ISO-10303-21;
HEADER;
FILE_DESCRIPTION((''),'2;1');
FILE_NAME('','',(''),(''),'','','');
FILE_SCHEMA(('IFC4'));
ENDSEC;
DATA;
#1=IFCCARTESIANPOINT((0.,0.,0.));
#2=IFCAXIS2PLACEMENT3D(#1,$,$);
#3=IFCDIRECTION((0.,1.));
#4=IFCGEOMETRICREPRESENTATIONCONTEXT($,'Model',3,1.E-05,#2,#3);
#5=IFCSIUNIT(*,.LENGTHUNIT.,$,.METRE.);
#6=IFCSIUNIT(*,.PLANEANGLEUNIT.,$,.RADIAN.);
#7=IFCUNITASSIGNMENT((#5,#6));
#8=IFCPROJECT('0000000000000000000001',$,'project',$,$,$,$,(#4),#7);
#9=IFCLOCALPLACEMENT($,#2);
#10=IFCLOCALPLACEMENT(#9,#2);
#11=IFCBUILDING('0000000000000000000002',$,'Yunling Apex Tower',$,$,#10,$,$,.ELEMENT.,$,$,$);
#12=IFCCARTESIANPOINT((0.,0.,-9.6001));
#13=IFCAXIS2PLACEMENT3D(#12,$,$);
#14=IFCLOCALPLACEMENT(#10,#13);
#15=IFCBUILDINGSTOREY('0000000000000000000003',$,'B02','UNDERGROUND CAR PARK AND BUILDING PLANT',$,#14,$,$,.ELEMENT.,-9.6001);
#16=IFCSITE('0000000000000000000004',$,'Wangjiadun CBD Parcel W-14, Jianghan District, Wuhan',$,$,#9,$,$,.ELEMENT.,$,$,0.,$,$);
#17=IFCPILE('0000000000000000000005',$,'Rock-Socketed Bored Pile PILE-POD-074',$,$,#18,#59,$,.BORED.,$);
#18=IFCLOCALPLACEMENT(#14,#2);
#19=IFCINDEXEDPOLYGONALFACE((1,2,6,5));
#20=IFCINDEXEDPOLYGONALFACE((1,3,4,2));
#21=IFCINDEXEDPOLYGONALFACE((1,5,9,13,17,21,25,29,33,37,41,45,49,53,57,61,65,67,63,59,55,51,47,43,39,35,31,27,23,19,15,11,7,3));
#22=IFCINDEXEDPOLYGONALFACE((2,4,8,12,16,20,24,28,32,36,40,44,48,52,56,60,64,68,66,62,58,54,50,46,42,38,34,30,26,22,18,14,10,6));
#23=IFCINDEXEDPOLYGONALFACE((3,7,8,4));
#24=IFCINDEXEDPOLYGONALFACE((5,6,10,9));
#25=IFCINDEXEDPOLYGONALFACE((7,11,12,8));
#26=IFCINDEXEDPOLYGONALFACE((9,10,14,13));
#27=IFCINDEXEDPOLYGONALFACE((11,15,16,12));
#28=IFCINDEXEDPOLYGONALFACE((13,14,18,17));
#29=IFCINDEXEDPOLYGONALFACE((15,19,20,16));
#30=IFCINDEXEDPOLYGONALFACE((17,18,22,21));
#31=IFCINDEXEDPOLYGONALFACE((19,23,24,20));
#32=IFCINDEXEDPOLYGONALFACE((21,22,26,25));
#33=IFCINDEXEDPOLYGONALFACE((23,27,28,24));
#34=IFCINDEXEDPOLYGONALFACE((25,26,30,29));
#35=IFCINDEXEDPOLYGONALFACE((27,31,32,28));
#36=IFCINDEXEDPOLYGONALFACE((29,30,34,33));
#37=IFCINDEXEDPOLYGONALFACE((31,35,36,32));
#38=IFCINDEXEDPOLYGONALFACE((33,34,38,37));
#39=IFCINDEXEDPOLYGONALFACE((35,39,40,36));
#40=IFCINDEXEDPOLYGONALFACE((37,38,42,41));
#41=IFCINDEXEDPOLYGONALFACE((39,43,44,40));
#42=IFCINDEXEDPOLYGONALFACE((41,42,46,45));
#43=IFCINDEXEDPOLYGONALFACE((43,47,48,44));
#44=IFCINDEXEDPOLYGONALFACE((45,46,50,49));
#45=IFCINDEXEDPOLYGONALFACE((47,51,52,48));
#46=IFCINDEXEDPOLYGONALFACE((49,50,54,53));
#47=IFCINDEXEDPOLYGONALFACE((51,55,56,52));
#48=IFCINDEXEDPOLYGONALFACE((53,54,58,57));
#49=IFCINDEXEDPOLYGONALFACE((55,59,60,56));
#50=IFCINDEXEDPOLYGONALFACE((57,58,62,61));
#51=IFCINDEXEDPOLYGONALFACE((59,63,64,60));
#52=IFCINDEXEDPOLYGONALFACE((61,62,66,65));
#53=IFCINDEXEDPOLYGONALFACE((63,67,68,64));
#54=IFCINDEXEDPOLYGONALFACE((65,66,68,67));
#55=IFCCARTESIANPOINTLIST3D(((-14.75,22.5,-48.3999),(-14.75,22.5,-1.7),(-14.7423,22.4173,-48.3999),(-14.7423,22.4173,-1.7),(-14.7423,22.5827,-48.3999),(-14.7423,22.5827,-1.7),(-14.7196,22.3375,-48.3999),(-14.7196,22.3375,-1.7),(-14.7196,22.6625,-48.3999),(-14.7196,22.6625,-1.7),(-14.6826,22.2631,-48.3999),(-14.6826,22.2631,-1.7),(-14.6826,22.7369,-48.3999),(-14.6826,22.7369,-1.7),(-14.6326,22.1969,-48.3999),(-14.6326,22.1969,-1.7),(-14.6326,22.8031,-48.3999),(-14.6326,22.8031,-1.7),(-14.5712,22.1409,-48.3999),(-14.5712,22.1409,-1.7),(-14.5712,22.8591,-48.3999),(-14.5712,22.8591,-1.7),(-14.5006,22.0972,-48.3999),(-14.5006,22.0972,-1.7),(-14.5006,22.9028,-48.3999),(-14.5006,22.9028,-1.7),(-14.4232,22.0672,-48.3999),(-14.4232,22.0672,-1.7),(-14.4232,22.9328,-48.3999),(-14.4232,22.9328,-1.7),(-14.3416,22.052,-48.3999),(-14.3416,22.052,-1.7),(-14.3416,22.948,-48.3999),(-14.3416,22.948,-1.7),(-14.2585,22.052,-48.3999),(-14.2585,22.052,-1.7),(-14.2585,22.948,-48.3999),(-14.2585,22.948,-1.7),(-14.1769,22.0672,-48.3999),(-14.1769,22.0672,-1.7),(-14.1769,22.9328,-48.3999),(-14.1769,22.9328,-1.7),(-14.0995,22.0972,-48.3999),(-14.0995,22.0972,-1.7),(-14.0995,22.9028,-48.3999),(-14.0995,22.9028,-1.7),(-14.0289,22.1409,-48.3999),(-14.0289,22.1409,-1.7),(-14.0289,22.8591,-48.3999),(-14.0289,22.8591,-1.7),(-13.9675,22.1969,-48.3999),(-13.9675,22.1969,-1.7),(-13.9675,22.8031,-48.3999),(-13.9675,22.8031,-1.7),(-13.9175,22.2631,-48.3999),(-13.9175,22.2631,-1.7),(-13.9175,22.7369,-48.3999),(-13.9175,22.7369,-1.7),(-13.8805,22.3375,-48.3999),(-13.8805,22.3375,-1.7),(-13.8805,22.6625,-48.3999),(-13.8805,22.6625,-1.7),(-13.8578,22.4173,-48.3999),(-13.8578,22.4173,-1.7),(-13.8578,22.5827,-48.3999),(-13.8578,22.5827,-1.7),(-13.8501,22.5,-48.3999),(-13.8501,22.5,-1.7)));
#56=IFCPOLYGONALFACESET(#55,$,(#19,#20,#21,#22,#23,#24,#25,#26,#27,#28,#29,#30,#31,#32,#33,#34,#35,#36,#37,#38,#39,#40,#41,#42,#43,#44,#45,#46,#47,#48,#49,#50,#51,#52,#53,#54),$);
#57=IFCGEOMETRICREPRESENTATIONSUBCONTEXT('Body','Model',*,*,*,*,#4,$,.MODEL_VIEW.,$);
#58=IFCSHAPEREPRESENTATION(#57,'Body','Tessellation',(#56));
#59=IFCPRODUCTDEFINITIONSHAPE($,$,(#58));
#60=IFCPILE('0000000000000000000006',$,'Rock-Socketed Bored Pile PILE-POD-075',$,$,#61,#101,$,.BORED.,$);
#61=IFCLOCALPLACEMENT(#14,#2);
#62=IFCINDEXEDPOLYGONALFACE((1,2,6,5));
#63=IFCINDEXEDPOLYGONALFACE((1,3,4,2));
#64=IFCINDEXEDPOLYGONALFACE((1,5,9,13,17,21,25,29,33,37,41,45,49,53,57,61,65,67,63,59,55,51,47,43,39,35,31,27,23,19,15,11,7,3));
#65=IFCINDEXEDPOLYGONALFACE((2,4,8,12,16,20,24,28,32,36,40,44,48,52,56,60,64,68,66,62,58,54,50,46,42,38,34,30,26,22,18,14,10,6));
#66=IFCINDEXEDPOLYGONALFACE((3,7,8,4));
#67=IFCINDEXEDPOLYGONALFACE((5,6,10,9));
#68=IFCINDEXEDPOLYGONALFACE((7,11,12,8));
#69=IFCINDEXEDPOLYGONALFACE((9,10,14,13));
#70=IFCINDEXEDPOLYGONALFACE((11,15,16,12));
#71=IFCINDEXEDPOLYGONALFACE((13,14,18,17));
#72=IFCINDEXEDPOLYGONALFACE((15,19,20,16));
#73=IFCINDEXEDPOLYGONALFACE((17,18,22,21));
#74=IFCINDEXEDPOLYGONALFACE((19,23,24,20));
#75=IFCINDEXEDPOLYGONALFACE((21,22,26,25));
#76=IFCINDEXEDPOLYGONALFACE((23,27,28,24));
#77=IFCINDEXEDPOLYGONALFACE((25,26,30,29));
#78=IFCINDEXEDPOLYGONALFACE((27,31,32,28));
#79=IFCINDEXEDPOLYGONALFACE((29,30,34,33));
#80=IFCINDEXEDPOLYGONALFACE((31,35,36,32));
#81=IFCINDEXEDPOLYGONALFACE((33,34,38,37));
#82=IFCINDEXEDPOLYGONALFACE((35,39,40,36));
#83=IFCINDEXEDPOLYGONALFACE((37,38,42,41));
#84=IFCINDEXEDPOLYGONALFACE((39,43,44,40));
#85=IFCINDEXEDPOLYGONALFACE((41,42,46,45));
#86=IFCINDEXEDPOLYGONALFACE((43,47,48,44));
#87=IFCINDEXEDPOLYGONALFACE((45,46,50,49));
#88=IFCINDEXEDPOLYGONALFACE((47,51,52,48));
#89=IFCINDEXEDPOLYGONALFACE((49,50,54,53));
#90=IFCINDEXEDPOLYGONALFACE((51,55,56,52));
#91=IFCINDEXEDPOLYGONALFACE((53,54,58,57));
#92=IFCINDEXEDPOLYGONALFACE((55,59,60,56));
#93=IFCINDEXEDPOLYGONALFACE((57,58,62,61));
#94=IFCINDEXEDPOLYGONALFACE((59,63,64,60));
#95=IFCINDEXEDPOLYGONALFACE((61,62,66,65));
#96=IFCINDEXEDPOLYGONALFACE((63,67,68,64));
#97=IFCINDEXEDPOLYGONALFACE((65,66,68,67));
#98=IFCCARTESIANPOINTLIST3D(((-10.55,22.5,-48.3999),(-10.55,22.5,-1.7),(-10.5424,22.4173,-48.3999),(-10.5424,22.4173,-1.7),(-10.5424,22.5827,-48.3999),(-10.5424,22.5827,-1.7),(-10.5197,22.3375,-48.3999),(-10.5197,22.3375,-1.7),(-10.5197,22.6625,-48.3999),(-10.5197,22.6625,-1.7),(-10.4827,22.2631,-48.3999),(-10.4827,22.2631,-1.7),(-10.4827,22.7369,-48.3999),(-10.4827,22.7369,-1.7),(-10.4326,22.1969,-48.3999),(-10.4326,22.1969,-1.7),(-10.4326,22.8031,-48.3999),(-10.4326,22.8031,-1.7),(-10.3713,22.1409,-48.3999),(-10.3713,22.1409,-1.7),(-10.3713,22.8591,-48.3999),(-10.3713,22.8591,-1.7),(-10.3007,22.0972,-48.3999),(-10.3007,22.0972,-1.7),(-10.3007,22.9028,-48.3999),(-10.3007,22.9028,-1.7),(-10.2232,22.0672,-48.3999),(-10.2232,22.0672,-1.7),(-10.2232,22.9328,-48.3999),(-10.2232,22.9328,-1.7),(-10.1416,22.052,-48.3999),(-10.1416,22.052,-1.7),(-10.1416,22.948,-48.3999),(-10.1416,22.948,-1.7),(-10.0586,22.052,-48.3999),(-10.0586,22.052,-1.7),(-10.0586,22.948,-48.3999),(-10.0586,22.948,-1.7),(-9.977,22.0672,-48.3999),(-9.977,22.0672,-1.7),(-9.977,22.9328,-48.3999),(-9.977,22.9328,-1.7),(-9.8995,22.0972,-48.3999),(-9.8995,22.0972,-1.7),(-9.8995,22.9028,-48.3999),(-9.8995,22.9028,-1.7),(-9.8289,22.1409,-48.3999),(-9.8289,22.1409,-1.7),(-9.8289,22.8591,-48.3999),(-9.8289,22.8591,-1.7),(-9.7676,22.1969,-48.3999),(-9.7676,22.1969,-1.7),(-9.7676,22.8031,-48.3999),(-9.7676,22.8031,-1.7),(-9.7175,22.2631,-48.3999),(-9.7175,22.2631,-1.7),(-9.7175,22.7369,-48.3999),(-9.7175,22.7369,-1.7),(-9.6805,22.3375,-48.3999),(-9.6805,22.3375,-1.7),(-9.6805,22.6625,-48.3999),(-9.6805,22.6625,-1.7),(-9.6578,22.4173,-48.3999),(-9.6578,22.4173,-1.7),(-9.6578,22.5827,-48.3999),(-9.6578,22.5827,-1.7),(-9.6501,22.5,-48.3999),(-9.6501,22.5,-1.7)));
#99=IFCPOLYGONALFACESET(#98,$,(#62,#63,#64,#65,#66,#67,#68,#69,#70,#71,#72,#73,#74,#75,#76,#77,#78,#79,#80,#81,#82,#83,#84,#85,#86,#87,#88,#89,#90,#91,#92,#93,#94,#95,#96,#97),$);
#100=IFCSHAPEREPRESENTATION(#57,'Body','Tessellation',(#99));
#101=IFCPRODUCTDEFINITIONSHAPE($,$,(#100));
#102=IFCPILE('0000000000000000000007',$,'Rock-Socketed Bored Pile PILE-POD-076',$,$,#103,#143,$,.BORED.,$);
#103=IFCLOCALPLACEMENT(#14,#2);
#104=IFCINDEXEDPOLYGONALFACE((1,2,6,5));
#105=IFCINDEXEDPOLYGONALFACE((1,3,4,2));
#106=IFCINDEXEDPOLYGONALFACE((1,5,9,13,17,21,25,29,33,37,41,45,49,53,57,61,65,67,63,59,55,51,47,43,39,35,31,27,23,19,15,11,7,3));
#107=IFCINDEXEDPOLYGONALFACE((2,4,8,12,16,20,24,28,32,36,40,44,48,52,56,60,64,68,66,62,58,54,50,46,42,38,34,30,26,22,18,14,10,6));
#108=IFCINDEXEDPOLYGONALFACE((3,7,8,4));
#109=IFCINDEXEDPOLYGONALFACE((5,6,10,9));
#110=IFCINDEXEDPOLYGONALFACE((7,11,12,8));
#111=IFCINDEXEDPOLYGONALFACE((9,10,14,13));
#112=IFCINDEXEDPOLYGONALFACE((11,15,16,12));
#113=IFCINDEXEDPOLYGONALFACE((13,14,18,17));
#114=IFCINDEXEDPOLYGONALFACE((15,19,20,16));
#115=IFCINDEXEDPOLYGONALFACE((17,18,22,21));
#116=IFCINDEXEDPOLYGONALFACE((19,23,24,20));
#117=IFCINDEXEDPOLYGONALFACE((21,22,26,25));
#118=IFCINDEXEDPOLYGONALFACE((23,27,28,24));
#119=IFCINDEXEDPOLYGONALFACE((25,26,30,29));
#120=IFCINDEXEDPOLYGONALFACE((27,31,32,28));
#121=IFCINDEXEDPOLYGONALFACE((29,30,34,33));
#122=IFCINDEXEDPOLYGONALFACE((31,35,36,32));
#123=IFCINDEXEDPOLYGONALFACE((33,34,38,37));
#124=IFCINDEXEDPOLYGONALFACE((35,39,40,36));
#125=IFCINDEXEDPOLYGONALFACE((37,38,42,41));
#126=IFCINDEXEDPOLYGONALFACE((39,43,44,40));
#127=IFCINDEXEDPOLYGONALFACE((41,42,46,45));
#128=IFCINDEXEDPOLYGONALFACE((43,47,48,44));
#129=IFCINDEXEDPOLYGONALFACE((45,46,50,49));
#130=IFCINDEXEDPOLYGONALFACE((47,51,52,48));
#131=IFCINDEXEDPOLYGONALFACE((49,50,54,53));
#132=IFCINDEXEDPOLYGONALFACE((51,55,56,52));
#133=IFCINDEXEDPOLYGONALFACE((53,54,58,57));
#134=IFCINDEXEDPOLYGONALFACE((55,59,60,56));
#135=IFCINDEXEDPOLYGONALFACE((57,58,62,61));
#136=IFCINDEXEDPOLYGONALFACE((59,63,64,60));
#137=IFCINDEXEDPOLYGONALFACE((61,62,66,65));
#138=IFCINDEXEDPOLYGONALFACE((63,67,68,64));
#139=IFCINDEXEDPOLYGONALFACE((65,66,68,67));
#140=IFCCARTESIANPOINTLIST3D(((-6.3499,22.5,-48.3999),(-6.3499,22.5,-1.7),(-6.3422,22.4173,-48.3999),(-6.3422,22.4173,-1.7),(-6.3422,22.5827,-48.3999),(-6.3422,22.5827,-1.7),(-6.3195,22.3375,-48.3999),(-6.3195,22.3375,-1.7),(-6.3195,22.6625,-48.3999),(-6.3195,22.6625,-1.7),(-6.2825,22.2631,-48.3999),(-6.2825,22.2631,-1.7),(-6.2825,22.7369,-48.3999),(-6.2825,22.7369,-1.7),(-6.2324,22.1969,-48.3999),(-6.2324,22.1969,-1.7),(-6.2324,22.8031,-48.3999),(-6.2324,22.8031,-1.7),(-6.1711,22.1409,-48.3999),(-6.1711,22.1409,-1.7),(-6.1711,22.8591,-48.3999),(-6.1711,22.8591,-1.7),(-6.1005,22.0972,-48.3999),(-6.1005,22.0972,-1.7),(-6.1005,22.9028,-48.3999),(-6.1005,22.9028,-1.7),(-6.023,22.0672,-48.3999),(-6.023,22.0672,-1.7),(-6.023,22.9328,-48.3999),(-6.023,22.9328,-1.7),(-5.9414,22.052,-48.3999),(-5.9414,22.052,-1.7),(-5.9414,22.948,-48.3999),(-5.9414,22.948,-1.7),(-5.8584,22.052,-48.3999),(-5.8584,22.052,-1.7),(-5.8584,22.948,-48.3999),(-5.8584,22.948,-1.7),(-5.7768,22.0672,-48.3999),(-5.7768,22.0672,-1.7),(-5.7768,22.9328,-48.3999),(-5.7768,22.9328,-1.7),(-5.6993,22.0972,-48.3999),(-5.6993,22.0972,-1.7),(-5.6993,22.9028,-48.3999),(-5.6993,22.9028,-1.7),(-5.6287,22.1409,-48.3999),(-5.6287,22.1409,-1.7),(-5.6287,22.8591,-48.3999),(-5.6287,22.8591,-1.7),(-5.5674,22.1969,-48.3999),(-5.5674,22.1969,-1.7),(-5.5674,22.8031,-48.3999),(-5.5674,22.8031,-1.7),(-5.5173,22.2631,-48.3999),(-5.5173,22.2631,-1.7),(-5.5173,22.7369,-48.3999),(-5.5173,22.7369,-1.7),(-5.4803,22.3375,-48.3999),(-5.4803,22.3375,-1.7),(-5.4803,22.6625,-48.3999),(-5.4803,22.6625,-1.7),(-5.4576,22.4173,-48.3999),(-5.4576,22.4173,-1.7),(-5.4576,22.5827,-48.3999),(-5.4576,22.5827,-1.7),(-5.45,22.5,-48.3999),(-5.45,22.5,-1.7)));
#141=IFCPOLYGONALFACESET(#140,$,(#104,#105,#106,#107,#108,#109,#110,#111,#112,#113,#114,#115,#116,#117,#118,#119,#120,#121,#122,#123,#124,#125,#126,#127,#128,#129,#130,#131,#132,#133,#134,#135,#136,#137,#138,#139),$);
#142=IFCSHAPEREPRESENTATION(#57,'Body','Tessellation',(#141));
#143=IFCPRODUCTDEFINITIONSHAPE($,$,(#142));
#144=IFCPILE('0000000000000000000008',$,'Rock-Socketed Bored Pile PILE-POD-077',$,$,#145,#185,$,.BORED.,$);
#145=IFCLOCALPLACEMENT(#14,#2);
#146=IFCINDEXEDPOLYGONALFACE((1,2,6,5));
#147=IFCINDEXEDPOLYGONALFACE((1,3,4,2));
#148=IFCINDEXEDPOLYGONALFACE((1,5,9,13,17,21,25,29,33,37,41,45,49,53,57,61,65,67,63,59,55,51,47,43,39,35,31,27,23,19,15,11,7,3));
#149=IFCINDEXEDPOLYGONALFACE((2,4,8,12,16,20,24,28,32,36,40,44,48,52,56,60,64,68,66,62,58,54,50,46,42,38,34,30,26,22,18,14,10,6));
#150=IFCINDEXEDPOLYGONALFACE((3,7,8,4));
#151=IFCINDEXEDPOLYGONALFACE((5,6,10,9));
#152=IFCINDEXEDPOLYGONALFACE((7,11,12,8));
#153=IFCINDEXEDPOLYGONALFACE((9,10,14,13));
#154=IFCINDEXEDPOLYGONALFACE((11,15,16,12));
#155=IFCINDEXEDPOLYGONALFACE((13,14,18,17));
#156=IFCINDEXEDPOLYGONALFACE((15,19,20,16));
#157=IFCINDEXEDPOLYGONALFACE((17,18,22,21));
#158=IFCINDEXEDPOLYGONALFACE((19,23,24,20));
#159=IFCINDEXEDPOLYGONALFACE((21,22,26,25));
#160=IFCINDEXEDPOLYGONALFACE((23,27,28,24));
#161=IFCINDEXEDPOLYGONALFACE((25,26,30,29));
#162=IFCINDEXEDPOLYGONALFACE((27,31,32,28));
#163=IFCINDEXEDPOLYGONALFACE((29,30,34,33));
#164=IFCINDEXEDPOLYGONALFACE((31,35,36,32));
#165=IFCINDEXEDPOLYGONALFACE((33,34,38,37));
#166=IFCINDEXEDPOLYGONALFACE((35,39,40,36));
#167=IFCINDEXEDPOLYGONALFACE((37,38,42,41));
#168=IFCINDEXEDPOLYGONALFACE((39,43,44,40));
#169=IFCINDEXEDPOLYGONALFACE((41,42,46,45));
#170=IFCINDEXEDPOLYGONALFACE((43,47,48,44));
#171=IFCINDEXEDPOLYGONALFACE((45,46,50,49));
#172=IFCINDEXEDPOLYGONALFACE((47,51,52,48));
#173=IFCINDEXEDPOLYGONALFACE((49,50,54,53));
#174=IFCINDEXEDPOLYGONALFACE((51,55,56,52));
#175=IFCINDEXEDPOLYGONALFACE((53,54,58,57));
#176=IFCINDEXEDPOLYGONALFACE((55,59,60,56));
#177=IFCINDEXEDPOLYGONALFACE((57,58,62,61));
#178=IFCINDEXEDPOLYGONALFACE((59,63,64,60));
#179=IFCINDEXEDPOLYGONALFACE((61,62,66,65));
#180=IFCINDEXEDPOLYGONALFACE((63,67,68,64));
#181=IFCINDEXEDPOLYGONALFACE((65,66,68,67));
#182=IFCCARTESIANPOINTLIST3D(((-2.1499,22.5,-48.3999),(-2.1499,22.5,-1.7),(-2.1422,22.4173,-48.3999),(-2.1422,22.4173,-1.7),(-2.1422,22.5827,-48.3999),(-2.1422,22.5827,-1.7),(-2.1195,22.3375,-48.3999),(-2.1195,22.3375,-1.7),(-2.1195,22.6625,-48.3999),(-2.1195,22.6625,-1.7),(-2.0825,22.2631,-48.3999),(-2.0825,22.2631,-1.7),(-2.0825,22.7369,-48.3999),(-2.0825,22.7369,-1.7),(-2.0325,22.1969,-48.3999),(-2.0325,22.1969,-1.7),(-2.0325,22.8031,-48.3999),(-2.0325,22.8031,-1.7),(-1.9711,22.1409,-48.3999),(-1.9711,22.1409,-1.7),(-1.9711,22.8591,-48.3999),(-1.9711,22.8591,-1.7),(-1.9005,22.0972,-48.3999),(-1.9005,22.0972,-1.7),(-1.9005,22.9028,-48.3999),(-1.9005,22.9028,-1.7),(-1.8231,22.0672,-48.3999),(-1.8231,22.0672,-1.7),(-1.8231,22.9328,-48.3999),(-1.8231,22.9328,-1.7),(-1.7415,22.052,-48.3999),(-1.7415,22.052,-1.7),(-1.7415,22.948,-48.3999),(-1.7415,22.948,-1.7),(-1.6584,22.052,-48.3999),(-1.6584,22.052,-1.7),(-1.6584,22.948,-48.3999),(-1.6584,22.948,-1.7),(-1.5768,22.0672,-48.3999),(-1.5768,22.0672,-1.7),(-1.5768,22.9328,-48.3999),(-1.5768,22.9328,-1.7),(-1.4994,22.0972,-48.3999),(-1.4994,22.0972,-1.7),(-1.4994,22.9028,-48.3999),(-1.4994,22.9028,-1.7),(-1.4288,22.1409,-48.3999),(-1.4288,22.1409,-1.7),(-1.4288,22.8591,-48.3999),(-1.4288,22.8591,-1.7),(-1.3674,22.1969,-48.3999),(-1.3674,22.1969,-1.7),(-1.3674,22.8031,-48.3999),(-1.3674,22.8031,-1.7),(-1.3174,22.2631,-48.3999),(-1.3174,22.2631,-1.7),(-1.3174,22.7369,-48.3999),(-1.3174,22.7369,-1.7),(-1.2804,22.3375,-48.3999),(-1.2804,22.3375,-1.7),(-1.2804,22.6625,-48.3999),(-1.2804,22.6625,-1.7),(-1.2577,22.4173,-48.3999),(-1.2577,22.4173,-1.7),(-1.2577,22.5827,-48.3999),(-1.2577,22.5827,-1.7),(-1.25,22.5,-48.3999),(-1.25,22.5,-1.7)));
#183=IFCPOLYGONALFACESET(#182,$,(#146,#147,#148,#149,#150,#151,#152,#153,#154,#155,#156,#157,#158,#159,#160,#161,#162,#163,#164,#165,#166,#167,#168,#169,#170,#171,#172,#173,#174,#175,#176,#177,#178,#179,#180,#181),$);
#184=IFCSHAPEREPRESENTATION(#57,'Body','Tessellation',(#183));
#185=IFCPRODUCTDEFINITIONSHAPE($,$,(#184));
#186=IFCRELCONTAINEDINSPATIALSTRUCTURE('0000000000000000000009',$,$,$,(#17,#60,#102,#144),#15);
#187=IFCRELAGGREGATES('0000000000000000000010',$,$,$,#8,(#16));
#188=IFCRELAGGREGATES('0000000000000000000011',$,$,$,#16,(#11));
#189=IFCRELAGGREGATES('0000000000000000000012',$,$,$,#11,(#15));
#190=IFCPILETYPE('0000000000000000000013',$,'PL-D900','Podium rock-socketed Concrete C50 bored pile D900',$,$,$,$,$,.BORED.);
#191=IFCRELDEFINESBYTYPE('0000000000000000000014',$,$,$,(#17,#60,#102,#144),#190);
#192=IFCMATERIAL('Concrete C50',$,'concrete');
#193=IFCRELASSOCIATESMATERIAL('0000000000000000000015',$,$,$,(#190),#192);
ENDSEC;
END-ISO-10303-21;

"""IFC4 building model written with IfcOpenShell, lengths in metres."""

from ifc_helpers import new_model, si_unit, direction, frame, origin, origin_2d, place, context, subcontext, project, spatial, circle, extrude, source, transform, mapped, material, material_profile, profile_set, type_object, element, save


model = new_model("IFC4")

# Units and contexts
model_context = context("Model", 3, precision=1e-05, world=origin(), true_north=direction((0.0, 1.0)))
body_context = subcontext(model_context, "Body", "Model", "MODEL_VIEW")
ifc_project = project(units=[si_unit("LENGTHUNIT", "METRE"), si_unit("PLANEANGLEUNIT", "RADIAN")], contexts=[model_context])

# Site, building, storey
site_placement = place(None, origin())
site = spatial("IfcSite", under=ifc_project, at=site_placement, Name="Wangjiadun CBD Parcel W-14, Jianghan District, Wuhan", CompositionType="ELEMENT", RefElevation=0.0)
building_placement = place(site_placement, origin())
building = spatial("IfcBuilding", under=site, at=building_placement, Name="Yunling Apex Tower", CompositionType="ELEMENT")
storey_placement = place(building_placement, frame((0.0, 0.0, -9.6001)))
storey = spatial("IfcBuildingStorey", under=building, at=storey_placement, Name="B02", Description="UNDERGROUND CAR PARK AND BUILDING PLANT", CompositionType="ELEMENT", Elevation=-9.6001)

# Shared definitions
ifc_material_1 = material(Name="Concrete C50", Category="concrete")

# Piles
ifc_material_profile_1 = material_profile(ifc_material_1, circle(Radius=0.45, at=origin_2d()))
ifc_profile_set_1 = profile_set([ifc_material_profile_1], Name="Concrete C50")
pile_type_1 = type_object("IfcPileType", Name="PL-D900", Description="Podium rock-socketed Concrete C50 bored pile D900", PredefinedType="BORED", material=ifc_profile_set_1)
shared_shape_1 = source(origin(), body_context, "Body", "SweptSolid", [
    extrude(circle(Radius=0.45, at=origin_2d()), origin(), (0.0, 0.0, 1.0), 46.7),
])
for number, where, z_axis, x_axis, name in (
    (1, (-14.3, 22.5, -1.7), (0.0, 0.0, -1.0), (1.0, 0.0, 0.0), "Rock-Socketed Bored Pile PILE-POD-074"),
    (2, (-10.1001, 22.5, -1.7), (0.0, 0.0, -1.0), (1.0, 0.0, 0.0), "Rock-Socketed Bored Pile PILE-POD-075"),
    (3, (-5.8999, 22.5, -1.7), (0.0, 0.0, -1.0), (1.0, 0.0, 0.0), "Rock-Socketed Bored Pile PILE-POD-076"),
    (4, (-1.7, 22.5, -1.7), (0.0, 0.0, -1.0), (1.0, 0.0, 0.0), "Rock-Socketed Bored Pile PILE-POD-077"),
):
    element("IfcPile", number, at=place(storey_placement, frame(where, z_axis=z_axis, x_axis=x_axis)), inside=storey, type_object=pile_type_1, Name=name, PredefinedType="BORED", context=body_context, shape_type="MappedRepresentation", body=[
        mapped(shared_shape_1, transform((0.0, 0.0, 0.0), scale=1.0)),
    ])

save(model, "model.ifc")
